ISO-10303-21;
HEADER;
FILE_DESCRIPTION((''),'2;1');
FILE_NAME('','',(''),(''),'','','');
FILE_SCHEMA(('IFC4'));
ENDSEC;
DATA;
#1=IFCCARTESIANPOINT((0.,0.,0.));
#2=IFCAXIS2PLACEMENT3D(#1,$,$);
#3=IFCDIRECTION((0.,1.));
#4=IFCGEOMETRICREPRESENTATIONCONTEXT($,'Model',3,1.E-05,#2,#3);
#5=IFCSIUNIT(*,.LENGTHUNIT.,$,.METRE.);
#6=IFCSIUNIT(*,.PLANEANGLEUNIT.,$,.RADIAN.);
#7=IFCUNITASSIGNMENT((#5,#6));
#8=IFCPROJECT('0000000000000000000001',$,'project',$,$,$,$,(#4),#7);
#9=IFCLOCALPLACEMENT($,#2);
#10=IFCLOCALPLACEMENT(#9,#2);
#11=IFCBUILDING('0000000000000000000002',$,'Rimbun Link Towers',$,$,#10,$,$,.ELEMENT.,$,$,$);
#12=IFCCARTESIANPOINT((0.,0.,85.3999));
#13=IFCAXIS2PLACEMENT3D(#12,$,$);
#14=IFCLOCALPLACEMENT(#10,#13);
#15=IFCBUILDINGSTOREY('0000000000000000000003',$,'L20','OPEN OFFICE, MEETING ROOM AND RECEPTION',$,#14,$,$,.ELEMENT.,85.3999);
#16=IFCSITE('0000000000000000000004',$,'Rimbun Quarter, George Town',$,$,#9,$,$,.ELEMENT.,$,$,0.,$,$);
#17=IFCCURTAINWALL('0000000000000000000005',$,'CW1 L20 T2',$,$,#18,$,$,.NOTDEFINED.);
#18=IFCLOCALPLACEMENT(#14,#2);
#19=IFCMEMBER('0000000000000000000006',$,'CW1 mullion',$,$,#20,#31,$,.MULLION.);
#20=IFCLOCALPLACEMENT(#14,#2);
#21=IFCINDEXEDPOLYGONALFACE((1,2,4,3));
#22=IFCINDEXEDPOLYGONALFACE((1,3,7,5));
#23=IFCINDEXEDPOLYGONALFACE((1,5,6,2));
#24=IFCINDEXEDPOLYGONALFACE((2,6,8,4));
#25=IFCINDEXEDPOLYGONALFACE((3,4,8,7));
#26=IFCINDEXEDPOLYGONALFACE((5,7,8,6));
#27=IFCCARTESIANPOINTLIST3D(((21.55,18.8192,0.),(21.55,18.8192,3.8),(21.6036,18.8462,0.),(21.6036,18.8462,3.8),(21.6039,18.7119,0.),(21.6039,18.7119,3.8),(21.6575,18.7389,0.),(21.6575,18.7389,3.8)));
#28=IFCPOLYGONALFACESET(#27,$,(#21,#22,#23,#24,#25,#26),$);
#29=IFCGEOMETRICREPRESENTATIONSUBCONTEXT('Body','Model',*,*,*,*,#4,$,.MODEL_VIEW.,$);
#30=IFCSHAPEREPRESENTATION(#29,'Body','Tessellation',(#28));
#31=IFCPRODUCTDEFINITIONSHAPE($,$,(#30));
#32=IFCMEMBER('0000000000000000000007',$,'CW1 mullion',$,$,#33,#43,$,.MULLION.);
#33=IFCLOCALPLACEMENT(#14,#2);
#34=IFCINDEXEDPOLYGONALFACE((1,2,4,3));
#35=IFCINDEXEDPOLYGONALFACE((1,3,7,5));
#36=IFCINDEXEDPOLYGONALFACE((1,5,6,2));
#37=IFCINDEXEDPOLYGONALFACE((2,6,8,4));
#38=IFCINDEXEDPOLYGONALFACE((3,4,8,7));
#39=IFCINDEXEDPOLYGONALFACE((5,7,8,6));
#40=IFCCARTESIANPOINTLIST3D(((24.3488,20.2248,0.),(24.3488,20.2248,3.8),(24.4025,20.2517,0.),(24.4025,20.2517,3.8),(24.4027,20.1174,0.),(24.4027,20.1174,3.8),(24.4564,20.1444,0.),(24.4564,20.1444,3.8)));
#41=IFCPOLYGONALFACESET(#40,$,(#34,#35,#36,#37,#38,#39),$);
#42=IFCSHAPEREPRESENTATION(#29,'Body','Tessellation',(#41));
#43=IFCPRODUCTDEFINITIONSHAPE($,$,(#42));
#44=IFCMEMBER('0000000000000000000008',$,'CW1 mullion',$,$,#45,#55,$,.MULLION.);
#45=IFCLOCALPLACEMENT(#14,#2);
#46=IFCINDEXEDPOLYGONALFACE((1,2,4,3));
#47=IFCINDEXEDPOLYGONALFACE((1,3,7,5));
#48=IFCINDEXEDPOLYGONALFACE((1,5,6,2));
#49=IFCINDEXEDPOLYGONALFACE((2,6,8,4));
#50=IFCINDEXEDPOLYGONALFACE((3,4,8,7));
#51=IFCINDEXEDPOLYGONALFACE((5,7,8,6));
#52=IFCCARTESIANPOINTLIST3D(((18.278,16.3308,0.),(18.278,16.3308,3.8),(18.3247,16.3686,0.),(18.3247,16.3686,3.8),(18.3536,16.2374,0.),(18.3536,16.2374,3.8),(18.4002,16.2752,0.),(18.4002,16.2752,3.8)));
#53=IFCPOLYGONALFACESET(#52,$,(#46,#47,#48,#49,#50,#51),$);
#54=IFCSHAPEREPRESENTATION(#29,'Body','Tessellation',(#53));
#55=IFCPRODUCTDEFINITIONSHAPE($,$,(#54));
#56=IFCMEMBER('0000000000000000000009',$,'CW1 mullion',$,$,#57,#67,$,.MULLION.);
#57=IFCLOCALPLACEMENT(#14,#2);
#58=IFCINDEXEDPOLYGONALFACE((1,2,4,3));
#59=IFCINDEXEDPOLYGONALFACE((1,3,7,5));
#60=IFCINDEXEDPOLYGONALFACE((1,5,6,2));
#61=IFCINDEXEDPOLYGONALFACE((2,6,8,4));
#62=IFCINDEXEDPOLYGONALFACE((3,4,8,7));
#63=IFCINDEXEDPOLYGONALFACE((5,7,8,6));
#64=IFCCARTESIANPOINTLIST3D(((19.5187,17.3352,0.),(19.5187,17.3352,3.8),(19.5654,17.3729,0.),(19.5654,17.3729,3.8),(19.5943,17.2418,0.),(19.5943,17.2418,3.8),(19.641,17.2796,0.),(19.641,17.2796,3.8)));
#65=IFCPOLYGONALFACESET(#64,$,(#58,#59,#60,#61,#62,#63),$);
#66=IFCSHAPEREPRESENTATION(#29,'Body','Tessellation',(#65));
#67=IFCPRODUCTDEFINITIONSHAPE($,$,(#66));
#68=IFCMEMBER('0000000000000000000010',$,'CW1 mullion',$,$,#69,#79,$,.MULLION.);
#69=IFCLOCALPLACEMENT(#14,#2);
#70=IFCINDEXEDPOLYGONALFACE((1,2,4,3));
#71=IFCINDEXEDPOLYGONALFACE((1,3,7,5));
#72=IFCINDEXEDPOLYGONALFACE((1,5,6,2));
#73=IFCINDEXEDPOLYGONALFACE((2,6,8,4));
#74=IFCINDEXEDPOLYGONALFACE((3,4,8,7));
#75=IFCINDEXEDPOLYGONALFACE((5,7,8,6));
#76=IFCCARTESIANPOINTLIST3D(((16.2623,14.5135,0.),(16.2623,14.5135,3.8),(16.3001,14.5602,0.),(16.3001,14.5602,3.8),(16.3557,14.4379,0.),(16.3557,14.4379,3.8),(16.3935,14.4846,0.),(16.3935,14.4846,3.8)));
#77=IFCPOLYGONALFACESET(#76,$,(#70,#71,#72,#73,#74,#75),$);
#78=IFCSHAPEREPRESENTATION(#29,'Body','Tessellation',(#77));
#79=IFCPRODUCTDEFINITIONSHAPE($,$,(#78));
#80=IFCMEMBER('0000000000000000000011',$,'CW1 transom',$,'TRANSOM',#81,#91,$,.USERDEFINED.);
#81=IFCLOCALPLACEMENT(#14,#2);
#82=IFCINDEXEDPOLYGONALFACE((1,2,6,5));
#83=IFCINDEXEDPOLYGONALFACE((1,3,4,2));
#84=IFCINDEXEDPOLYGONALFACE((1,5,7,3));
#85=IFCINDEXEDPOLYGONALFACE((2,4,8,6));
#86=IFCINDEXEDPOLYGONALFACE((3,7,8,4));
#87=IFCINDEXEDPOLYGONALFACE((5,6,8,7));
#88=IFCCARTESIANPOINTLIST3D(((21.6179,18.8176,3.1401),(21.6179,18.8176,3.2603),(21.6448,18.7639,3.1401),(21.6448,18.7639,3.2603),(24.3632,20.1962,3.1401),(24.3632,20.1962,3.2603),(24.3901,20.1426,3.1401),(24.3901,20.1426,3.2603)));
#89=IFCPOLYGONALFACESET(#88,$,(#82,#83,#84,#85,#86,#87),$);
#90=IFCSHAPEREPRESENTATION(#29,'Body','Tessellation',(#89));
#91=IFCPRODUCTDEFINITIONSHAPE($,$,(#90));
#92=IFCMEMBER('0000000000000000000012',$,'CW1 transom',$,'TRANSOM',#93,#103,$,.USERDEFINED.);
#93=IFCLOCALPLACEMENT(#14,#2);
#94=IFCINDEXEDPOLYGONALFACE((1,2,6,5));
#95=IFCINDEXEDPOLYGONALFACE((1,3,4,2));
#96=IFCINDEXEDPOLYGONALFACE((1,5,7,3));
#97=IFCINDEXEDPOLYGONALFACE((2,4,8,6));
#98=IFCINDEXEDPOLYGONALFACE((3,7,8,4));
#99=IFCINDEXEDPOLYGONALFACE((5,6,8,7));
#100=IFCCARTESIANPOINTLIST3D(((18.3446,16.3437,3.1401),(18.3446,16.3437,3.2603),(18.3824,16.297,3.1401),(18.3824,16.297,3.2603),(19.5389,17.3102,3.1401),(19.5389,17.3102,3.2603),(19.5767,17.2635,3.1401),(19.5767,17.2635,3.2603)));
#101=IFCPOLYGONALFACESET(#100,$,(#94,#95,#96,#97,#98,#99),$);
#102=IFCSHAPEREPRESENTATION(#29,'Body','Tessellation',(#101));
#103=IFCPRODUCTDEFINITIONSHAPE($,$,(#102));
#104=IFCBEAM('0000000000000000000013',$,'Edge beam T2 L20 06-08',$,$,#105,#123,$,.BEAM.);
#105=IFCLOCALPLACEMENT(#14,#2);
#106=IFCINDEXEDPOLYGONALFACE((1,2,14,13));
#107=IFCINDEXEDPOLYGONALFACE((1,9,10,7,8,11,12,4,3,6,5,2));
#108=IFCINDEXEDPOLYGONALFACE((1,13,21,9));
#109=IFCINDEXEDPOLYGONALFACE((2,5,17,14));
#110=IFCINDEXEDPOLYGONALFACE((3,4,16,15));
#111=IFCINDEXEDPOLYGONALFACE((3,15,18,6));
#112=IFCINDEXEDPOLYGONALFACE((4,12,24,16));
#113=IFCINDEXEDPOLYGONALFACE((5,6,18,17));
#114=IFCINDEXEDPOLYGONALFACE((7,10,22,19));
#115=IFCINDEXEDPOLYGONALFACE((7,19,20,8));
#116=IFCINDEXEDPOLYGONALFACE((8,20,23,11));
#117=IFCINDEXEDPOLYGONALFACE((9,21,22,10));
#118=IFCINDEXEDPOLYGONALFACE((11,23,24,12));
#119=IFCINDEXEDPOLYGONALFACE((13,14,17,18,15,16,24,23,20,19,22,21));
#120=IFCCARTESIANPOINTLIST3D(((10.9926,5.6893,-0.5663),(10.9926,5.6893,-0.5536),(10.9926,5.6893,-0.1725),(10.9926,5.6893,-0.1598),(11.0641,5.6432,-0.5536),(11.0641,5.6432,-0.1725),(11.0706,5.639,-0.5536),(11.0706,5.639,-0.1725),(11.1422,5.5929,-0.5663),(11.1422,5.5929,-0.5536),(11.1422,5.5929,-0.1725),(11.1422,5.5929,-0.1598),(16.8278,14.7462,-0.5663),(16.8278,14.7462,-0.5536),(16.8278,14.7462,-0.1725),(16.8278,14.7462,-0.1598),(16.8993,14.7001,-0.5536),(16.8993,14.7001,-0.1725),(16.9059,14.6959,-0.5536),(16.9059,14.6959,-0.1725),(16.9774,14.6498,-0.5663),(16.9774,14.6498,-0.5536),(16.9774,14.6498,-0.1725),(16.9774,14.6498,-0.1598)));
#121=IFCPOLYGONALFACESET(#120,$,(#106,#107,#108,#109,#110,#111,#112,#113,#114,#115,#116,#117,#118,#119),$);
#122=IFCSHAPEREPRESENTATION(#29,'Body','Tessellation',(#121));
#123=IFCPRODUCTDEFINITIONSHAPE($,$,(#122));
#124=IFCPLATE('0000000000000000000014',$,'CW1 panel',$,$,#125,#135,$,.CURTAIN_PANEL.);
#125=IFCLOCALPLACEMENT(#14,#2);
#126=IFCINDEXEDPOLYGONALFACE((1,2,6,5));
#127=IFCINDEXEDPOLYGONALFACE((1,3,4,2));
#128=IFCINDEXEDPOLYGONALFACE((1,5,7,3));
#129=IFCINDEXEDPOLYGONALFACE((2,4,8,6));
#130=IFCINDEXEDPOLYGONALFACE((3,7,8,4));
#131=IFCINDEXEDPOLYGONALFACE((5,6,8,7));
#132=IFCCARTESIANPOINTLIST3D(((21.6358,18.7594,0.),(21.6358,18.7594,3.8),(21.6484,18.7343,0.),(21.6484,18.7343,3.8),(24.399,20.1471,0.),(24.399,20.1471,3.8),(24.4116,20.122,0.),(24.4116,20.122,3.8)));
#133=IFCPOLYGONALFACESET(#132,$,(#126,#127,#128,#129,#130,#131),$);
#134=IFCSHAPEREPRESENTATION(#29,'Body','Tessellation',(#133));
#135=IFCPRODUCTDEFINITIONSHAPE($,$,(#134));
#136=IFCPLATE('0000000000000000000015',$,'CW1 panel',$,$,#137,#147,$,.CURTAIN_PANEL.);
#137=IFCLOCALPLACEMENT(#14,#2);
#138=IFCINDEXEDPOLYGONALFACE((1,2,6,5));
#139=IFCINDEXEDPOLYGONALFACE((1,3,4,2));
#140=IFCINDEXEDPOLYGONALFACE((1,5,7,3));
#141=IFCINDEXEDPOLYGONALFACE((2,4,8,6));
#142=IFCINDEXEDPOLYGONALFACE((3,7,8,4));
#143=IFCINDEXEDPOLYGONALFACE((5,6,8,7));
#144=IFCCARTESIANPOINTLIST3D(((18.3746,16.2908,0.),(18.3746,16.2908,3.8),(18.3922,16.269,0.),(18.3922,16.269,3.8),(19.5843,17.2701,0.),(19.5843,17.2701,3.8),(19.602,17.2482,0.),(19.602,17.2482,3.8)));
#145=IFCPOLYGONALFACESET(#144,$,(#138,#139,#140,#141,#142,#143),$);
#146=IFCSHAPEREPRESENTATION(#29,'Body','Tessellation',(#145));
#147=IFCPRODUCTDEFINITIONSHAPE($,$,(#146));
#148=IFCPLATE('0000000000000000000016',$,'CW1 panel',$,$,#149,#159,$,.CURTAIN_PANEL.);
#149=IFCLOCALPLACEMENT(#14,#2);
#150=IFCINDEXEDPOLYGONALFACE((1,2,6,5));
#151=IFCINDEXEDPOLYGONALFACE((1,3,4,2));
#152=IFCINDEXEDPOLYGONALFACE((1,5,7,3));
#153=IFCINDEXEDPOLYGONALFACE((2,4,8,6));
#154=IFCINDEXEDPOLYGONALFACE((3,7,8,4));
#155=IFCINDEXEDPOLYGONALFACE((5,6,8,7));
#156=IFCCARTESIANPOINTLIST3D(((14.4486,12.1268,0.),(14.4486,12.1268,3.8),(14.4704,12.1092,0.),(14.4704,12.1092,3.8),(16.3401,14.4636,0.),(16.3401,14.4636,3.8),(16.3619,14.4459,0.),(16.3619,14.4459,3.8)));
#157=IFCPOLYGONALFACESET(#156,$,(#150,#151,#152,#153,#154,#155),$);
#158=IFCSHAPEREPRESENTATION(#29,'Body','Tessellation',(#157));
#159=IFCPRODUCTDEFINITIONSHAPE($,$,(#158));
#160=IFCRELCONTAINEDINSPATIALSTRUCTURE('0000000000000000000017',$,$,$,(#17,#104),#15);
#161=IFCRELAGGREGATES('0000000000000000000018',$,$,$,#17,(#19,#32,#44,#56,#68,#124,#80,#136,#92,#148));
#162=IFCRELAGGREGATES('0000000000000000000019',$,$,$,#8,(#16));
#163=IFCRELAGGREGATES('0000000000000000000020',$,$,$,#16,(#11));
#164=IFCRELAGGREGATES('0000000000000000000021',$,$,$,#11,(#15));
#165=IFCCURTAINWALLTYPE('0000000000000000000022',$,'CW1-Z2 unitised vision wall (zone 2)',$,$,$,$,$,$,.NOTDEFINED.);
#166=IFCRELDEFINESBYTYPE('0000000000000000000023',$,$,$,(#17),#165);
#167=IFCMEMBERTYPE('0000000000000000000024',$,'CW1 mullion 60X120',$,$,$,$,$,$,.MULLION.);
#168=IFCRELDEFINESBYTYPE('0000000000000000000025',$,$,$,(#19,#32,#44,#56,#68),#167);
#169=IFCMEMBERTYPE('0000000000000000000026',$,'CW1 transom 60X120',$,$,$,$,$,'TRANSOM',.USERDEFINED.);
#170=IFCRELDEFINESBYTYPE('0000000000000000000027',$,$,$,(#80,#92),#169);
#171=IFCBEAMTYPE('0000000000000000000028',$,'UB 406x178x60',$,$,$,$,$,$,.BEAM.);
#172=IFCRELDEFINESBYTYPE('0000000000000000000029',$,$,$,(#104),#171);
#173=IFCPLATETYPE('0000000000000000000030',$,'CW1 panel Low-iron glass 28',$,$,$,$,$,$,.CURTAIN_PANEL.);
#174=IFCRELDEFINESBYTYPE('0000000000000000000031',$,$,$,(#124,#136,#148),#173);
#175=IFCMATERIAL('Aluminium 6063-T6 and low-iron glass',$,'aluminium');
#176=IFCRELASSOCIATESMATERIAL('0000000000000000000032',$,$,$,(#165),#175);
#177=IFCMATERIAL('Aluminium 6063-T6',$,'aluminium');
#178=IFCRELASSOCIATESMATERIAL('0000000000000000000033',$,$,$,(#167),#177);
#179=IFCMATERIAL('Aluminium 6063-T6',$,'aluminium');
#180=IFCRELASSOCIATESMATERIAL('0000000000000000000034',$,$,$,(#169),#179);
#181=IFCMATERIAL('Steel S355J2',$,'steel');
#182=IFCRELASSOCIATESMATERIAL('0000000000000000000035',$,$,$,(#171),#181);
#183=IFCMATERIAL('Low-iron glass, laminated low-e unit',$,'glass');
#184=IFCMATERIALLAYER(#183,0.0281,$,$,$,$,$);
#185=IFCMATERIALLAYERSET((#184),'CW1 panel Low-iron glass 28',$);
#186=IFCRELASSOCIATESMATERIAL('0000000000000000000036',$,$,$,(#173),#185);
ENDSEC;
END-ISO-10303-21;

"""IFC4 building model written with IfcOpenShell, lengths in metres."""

from ifc_helpers import new_model, si_unit, direction, frame, origin, origin_2d, place, context, subcontext, project, spatial, rectangle, i_section, extrude, material, layer, layer_set, material_profile, profile_set, type_object, element, aggregate, save


model = new_model("IFC4")

# Units and contexts
model_context = context("Model", 3, precision=1e-05, world=origin(), true_north=direction((0.0, 1.0)))
body_context = subcontext(model_context, "Body", "Model", "MODEL_VIEW")
ifc_project = project(units=[si_unit("LENGTHUNIT", "METRE"), si_unit("PLANEANGLEUNIT", "RADIAN")], contexts=[model_context])

# Site, building, storey
site_placement = place(None, origin())
site = spatial("IfcSite", under=ifc_project, at=site_placement, Name="Rimbun Quarter, George Town", CompositionType="ELEMENT", RefElevation=0.0)
building_placement = place(site_placement, origin())
building = spatial("IfcBuilding", under=site, at=building_placement, Name="Rimbun Link Towers", CompositionType="ELEMENT")
storey_placement = place(building_placement, frame((0.0, 0.0, 85.3999)))
storey = spatial("IfcBuildingStorey", under=building, at=storey_placement, Name="L20", Description="OPEN OFFICE, MEETING ROOM AND RECEPTION", CompositionType="ELEMENT", Elevation=85.3999)

# Curtain wall, members
ifc_material_1 = material(Name="Aluminium 6063-T6 and low-iron glass", Category="aluminium")
curtain_wall_type = type_object("IfcCurtainWallType", Name="CW1-Z2 unitised vision wall (zone 2)", PredefinedType="NOTDEFINED", material=ifc_material_1)
curtain_wall_placement = place(storey_placement, origin())
curtain_wall = element("IfcCurtainWall", 1, at=curtain_wall_placement, inside=storey, type_object=curtain_wall_type, Name="CW1 L20 T2", PredefinedType="NOTDEFINED")
ifc_material_2 = material(Name="Aluminium 6063-T6", Category="aluminium")
ifc_material_profile_1 = material_profile(ifc_material_2, rectangle(XDim=0.1201, YDim=0.0601, at=origin_2d()), Name="MULLION 60X120")
ifc_profile_set_1 = profile_set([ifc_material_profile_1], Name="Aluminium 6063-T6")
member_type_1 = type_object("IfcMemberType", Name="CW1 mullion 60X120", PredefinedType="MULLION", material=ifc_profile_set_1)
member_1_placement = place(storey_placement, frame((21.6038, 18.7791, 0.0), z_axis=(0.0, 0.0, 1.0), x_axis=(-0.44879, 0.893637, 0.0)))
member_1 = element("IfcMember", 2, at=member_1_placement, type_object=member_type_1, Name="CW1 mullion", PredefinedType="MULLION", context=body_context, shape_type="SweptSolid", body=[
    extrude(rectangle(XDim=0.1201, YDim=0.0601, at=origin_2d()), origin(), (0.0, 0.0, 1.0), 3.8),
])
member_2_placement = place(storey_placement, frame((24.4026, 20.1846, 0.0), z_axis=(0.0, 0.0, 1.0), x_axis=(-0.44879, 0.893637, 0.0)))
member_2 = element("IfcMember", 3, at=member_2_placement, type_object=member_type_1, Name="CW1 mullion", PredefinedType="MULLION", context=body_context, shape_type="SweptSolid", body=[
    extrude(rectangle(XDim=0.1201, YDim=0.0601, at=origin_2d()), origin(), (0.0, 0.0, 1.0), 3.8),
])
member_3_placement = place(storey_placement, frame((18.3391, 16.303, 0.0), z_axis=(0.0, 0.0, 1.0), x_axis=(-0.629159, 0.777276, 0.0)))
member_3 = element("IfcMember", 4, at=member_3_placement, type_object=member_type_1, Name="CW1 mullion", PredefinedType="MULLION", context=body_context, shape_type="SweptSolid", body=[
    extrude(rectangle(XDim=0.1201, YDim=0.0601, at=origin_2d()), origin(), (0.0, 0.0, 1.0), 3.8),
])
member_4_placement = place(storey_placement, frame((19.5798, 17.3074, 0.0), z_axis=(0.0, 0.0, 1.0), x_axis=(-0.629159, 0.777276, 0.0)))
member_4 = element("IfcMember", 5, at=member_4_placement, type_object=member_type_1, Name="CW1 mullion", PredefinedType="MULLION", context=body_context, shape_type="SweptSolid", body=[
    extrude(rectangle(XDim=0.1201, YDim=0.0601, at=origin_2d()), origin(), (0.0, 0.0, 1.0), 3.8),
])
member_5_placement = place(storey_placement, frame((16.3279, 14.499, 0.0), z_axis=(0.0, 0.0, 1.0), x_axis=(-0.777276, 0.629159, 0.0)))
member_5 = element("IfcMember", 6, at=member_5_placement, type_object=member_type_1, Name="CW1 mullion", PredefinedType="MULLION", context=body_context, shape_type="SweptSolid", body=[
    extrude(rectangle(XDim=0.1201, YDim=0.0601, at=origin_2d()), origin(), (0.0, 0.0, 1.0), 3.8),
])
ifc_material_3 = material(Name="Aluminium 6063-T6", Category="aluminium")
ifc_material_profile_2 = material_profile(ifc_material_3, rectangle(XDim=0.0601, YDim=0.1201, at=origin_2d()), Name="TRANSOM 60X120")
ifc_profile_set_2 = profile_set([ifc_material_profile_2], Name="Aluminium 6063-T6")
member_type_2 = type_object("IfcMemberType", Name="CW1 transom 60X120", ElementType="TRANSOM", PredefinedType="USERDEFINED", material=ifc_profile_set_2)
member_6_placement = place(storey_placement, frame((21.6313, 18.7908, 3.2002), z_axis=(0.893647, 0.448771, 0.0), x_axis=(-0.448771, 0.893647, 0.0)))
member_6 = element("IfcMember", 7, at=member_6_placement, type_object=member_type_2, Name="CW1 transom", ObjectType="TRANSOM", PredefinedType="USERDEFINED", context=body_context, shape_type="SweptSolid", body=[
    extrude(rectangle(XDim=0.0601, YDim=0.1201, at=origin_2d()), origin(), (0.0, 0.0, 1.0), 3.072),
])
member_7_placement = place(storey_placement, frame((18.3635, 16.3203, 3.2002), z_axis=(0.777337, 0.629084, 0.0), x_axis=(-0.629084, 0.777337, 0.0)))
member_7 = element("IfcMember", 8, at=member_7_placement, type_object=member_type_2, Name="CW1 transom", ObjectType="TRANSOM", PredefinedType="USERDEFINED", context=body_context, shape_type="SweptSolid", body=[
    extrude(rectangle(XDim=0.0601, YDim=0.1201, at=origin_2d()), origin(), (0.0, 0.0, 1.0), 1.5364),
])

# Beam
ifc_material_4 = material(Name="Steel S355J2", Category="steel")
ifc_material_profile_3 = material_profile(ifc_material_4, i_section(OverallWidth=0.178, OverallDepth=0.4065, WebThickness=0.0078, FlangeThickness=0.0127, at=origin_2d()), Name="UB 406x178x60")
ifc_profile_set_3 = profile_set([ifc_material_profile_3], Name="Steel S355J2")
beam_type = type_object("IfcBeamType", Name="UB 406x178x60", PredefinedType="BEAM", material=ifc_profile_set_3)
beam_placement = place(storey_placement, frame((16.9026, 14.698, -0.363), z_axis=(-0.541606, -0.840632, 0.0), x_axis=(0.840632, -0.541606, 0.0)))
element("IfcBeam", 9, at=beam_placement, inside=storey, type_object=beam_type, Name="Edge beam T2 L20 06-08", PredefinedType="BEAM", context=body_context, shape_type="SweptSolid", body=[
    extrude(i_section(OverallWidth=0.178, OverallDepth=0.4065, WebThickness=0.0078, FlangeThickness=0.0127, at=origin_2d()), origin(), (0.0, 0.0, 1.0), 10.7739),
])

# Plates
ifc_material_5 = material(Name="Low-iron glass, laminated low-e unit", Category="glass")
ifc_layer_1 = layer(ifc_material_5, 0.0281)
ifc_layer_set_1 = layer_set([ifc_layer_1], Name="CW1 panel Low-iron glass 28")
plate_type = type_object("IfcPlateType", Name="CW1 panel Low-iron glass 28", PredefinedType="CURTAIN_PANEL", material=ifc_layer_set_1)
plate_1_placement = place(storey_placement, frame((23.0237, 19.4407, 0.0), z_axis=(0.0, 0.0, 1.0), x_axis=(0.893637, 0.44879, 0.0)))
plate_1 = element("IfcPlate", 10, at=plate_1_placement, type_object=plate_type, Name="CW1 panel", PredefinedType="CURTAIN_PANEL", context=body_context, shape_type="SweptSolid", body=[
    extrude(rectangle(XDim=3.092, YDim=0.0281, at=origin_2d()), origin(), (0.0, 0.0, 1.0), 3.8),
])
plate_2_placement = place(storey_placement, frame((18.9883, 16.7695, 0.0), z_axis=(0.0, 0.0, 1.0), x_axis=(0.777276, 0.629159, 0.0)))
plate_2 = element("IfcPlate", 11, at=plate_2_placement, type_object=plate_type, Name="CW1 panel", PredefinedType="CURTAIN_PANEL", context=body_context, shape_type="SweptSolid", body=[
    extrude(rectangle(XDim=1.5564, YDim=0.0281, at=origin_2d()), origin(), (0.0, 0.0, 1.0), 3.8),
])
plate_3_placement = place(storey_placement, frame((15.4053, 13.2864, 0.0), z_axis=(0.0, 0.0, 1.0), x_axis=(0.629159, 0.777276, 0.0)))
plate_3 = element("IfcPlate", 12, at=plate_3_placement, type_object=plate_type, Name="CW1 panel", PredefinedType="CURTAIN_PANEL", context=body_context, shape_type="SweptSolid", body=[
    extrude(rectangle(XDim=3.0063, YDim=0.0281, at=origin_2d()), origin(), (0.0, 0.0, 1.0), 3.8),
])
aggregate(curtain_wall, [member_1, member_2, member_3, member_4, member_5, plate_1, member_6, plate_2, member_7, plate_3])

save(model, "model.ifc")
